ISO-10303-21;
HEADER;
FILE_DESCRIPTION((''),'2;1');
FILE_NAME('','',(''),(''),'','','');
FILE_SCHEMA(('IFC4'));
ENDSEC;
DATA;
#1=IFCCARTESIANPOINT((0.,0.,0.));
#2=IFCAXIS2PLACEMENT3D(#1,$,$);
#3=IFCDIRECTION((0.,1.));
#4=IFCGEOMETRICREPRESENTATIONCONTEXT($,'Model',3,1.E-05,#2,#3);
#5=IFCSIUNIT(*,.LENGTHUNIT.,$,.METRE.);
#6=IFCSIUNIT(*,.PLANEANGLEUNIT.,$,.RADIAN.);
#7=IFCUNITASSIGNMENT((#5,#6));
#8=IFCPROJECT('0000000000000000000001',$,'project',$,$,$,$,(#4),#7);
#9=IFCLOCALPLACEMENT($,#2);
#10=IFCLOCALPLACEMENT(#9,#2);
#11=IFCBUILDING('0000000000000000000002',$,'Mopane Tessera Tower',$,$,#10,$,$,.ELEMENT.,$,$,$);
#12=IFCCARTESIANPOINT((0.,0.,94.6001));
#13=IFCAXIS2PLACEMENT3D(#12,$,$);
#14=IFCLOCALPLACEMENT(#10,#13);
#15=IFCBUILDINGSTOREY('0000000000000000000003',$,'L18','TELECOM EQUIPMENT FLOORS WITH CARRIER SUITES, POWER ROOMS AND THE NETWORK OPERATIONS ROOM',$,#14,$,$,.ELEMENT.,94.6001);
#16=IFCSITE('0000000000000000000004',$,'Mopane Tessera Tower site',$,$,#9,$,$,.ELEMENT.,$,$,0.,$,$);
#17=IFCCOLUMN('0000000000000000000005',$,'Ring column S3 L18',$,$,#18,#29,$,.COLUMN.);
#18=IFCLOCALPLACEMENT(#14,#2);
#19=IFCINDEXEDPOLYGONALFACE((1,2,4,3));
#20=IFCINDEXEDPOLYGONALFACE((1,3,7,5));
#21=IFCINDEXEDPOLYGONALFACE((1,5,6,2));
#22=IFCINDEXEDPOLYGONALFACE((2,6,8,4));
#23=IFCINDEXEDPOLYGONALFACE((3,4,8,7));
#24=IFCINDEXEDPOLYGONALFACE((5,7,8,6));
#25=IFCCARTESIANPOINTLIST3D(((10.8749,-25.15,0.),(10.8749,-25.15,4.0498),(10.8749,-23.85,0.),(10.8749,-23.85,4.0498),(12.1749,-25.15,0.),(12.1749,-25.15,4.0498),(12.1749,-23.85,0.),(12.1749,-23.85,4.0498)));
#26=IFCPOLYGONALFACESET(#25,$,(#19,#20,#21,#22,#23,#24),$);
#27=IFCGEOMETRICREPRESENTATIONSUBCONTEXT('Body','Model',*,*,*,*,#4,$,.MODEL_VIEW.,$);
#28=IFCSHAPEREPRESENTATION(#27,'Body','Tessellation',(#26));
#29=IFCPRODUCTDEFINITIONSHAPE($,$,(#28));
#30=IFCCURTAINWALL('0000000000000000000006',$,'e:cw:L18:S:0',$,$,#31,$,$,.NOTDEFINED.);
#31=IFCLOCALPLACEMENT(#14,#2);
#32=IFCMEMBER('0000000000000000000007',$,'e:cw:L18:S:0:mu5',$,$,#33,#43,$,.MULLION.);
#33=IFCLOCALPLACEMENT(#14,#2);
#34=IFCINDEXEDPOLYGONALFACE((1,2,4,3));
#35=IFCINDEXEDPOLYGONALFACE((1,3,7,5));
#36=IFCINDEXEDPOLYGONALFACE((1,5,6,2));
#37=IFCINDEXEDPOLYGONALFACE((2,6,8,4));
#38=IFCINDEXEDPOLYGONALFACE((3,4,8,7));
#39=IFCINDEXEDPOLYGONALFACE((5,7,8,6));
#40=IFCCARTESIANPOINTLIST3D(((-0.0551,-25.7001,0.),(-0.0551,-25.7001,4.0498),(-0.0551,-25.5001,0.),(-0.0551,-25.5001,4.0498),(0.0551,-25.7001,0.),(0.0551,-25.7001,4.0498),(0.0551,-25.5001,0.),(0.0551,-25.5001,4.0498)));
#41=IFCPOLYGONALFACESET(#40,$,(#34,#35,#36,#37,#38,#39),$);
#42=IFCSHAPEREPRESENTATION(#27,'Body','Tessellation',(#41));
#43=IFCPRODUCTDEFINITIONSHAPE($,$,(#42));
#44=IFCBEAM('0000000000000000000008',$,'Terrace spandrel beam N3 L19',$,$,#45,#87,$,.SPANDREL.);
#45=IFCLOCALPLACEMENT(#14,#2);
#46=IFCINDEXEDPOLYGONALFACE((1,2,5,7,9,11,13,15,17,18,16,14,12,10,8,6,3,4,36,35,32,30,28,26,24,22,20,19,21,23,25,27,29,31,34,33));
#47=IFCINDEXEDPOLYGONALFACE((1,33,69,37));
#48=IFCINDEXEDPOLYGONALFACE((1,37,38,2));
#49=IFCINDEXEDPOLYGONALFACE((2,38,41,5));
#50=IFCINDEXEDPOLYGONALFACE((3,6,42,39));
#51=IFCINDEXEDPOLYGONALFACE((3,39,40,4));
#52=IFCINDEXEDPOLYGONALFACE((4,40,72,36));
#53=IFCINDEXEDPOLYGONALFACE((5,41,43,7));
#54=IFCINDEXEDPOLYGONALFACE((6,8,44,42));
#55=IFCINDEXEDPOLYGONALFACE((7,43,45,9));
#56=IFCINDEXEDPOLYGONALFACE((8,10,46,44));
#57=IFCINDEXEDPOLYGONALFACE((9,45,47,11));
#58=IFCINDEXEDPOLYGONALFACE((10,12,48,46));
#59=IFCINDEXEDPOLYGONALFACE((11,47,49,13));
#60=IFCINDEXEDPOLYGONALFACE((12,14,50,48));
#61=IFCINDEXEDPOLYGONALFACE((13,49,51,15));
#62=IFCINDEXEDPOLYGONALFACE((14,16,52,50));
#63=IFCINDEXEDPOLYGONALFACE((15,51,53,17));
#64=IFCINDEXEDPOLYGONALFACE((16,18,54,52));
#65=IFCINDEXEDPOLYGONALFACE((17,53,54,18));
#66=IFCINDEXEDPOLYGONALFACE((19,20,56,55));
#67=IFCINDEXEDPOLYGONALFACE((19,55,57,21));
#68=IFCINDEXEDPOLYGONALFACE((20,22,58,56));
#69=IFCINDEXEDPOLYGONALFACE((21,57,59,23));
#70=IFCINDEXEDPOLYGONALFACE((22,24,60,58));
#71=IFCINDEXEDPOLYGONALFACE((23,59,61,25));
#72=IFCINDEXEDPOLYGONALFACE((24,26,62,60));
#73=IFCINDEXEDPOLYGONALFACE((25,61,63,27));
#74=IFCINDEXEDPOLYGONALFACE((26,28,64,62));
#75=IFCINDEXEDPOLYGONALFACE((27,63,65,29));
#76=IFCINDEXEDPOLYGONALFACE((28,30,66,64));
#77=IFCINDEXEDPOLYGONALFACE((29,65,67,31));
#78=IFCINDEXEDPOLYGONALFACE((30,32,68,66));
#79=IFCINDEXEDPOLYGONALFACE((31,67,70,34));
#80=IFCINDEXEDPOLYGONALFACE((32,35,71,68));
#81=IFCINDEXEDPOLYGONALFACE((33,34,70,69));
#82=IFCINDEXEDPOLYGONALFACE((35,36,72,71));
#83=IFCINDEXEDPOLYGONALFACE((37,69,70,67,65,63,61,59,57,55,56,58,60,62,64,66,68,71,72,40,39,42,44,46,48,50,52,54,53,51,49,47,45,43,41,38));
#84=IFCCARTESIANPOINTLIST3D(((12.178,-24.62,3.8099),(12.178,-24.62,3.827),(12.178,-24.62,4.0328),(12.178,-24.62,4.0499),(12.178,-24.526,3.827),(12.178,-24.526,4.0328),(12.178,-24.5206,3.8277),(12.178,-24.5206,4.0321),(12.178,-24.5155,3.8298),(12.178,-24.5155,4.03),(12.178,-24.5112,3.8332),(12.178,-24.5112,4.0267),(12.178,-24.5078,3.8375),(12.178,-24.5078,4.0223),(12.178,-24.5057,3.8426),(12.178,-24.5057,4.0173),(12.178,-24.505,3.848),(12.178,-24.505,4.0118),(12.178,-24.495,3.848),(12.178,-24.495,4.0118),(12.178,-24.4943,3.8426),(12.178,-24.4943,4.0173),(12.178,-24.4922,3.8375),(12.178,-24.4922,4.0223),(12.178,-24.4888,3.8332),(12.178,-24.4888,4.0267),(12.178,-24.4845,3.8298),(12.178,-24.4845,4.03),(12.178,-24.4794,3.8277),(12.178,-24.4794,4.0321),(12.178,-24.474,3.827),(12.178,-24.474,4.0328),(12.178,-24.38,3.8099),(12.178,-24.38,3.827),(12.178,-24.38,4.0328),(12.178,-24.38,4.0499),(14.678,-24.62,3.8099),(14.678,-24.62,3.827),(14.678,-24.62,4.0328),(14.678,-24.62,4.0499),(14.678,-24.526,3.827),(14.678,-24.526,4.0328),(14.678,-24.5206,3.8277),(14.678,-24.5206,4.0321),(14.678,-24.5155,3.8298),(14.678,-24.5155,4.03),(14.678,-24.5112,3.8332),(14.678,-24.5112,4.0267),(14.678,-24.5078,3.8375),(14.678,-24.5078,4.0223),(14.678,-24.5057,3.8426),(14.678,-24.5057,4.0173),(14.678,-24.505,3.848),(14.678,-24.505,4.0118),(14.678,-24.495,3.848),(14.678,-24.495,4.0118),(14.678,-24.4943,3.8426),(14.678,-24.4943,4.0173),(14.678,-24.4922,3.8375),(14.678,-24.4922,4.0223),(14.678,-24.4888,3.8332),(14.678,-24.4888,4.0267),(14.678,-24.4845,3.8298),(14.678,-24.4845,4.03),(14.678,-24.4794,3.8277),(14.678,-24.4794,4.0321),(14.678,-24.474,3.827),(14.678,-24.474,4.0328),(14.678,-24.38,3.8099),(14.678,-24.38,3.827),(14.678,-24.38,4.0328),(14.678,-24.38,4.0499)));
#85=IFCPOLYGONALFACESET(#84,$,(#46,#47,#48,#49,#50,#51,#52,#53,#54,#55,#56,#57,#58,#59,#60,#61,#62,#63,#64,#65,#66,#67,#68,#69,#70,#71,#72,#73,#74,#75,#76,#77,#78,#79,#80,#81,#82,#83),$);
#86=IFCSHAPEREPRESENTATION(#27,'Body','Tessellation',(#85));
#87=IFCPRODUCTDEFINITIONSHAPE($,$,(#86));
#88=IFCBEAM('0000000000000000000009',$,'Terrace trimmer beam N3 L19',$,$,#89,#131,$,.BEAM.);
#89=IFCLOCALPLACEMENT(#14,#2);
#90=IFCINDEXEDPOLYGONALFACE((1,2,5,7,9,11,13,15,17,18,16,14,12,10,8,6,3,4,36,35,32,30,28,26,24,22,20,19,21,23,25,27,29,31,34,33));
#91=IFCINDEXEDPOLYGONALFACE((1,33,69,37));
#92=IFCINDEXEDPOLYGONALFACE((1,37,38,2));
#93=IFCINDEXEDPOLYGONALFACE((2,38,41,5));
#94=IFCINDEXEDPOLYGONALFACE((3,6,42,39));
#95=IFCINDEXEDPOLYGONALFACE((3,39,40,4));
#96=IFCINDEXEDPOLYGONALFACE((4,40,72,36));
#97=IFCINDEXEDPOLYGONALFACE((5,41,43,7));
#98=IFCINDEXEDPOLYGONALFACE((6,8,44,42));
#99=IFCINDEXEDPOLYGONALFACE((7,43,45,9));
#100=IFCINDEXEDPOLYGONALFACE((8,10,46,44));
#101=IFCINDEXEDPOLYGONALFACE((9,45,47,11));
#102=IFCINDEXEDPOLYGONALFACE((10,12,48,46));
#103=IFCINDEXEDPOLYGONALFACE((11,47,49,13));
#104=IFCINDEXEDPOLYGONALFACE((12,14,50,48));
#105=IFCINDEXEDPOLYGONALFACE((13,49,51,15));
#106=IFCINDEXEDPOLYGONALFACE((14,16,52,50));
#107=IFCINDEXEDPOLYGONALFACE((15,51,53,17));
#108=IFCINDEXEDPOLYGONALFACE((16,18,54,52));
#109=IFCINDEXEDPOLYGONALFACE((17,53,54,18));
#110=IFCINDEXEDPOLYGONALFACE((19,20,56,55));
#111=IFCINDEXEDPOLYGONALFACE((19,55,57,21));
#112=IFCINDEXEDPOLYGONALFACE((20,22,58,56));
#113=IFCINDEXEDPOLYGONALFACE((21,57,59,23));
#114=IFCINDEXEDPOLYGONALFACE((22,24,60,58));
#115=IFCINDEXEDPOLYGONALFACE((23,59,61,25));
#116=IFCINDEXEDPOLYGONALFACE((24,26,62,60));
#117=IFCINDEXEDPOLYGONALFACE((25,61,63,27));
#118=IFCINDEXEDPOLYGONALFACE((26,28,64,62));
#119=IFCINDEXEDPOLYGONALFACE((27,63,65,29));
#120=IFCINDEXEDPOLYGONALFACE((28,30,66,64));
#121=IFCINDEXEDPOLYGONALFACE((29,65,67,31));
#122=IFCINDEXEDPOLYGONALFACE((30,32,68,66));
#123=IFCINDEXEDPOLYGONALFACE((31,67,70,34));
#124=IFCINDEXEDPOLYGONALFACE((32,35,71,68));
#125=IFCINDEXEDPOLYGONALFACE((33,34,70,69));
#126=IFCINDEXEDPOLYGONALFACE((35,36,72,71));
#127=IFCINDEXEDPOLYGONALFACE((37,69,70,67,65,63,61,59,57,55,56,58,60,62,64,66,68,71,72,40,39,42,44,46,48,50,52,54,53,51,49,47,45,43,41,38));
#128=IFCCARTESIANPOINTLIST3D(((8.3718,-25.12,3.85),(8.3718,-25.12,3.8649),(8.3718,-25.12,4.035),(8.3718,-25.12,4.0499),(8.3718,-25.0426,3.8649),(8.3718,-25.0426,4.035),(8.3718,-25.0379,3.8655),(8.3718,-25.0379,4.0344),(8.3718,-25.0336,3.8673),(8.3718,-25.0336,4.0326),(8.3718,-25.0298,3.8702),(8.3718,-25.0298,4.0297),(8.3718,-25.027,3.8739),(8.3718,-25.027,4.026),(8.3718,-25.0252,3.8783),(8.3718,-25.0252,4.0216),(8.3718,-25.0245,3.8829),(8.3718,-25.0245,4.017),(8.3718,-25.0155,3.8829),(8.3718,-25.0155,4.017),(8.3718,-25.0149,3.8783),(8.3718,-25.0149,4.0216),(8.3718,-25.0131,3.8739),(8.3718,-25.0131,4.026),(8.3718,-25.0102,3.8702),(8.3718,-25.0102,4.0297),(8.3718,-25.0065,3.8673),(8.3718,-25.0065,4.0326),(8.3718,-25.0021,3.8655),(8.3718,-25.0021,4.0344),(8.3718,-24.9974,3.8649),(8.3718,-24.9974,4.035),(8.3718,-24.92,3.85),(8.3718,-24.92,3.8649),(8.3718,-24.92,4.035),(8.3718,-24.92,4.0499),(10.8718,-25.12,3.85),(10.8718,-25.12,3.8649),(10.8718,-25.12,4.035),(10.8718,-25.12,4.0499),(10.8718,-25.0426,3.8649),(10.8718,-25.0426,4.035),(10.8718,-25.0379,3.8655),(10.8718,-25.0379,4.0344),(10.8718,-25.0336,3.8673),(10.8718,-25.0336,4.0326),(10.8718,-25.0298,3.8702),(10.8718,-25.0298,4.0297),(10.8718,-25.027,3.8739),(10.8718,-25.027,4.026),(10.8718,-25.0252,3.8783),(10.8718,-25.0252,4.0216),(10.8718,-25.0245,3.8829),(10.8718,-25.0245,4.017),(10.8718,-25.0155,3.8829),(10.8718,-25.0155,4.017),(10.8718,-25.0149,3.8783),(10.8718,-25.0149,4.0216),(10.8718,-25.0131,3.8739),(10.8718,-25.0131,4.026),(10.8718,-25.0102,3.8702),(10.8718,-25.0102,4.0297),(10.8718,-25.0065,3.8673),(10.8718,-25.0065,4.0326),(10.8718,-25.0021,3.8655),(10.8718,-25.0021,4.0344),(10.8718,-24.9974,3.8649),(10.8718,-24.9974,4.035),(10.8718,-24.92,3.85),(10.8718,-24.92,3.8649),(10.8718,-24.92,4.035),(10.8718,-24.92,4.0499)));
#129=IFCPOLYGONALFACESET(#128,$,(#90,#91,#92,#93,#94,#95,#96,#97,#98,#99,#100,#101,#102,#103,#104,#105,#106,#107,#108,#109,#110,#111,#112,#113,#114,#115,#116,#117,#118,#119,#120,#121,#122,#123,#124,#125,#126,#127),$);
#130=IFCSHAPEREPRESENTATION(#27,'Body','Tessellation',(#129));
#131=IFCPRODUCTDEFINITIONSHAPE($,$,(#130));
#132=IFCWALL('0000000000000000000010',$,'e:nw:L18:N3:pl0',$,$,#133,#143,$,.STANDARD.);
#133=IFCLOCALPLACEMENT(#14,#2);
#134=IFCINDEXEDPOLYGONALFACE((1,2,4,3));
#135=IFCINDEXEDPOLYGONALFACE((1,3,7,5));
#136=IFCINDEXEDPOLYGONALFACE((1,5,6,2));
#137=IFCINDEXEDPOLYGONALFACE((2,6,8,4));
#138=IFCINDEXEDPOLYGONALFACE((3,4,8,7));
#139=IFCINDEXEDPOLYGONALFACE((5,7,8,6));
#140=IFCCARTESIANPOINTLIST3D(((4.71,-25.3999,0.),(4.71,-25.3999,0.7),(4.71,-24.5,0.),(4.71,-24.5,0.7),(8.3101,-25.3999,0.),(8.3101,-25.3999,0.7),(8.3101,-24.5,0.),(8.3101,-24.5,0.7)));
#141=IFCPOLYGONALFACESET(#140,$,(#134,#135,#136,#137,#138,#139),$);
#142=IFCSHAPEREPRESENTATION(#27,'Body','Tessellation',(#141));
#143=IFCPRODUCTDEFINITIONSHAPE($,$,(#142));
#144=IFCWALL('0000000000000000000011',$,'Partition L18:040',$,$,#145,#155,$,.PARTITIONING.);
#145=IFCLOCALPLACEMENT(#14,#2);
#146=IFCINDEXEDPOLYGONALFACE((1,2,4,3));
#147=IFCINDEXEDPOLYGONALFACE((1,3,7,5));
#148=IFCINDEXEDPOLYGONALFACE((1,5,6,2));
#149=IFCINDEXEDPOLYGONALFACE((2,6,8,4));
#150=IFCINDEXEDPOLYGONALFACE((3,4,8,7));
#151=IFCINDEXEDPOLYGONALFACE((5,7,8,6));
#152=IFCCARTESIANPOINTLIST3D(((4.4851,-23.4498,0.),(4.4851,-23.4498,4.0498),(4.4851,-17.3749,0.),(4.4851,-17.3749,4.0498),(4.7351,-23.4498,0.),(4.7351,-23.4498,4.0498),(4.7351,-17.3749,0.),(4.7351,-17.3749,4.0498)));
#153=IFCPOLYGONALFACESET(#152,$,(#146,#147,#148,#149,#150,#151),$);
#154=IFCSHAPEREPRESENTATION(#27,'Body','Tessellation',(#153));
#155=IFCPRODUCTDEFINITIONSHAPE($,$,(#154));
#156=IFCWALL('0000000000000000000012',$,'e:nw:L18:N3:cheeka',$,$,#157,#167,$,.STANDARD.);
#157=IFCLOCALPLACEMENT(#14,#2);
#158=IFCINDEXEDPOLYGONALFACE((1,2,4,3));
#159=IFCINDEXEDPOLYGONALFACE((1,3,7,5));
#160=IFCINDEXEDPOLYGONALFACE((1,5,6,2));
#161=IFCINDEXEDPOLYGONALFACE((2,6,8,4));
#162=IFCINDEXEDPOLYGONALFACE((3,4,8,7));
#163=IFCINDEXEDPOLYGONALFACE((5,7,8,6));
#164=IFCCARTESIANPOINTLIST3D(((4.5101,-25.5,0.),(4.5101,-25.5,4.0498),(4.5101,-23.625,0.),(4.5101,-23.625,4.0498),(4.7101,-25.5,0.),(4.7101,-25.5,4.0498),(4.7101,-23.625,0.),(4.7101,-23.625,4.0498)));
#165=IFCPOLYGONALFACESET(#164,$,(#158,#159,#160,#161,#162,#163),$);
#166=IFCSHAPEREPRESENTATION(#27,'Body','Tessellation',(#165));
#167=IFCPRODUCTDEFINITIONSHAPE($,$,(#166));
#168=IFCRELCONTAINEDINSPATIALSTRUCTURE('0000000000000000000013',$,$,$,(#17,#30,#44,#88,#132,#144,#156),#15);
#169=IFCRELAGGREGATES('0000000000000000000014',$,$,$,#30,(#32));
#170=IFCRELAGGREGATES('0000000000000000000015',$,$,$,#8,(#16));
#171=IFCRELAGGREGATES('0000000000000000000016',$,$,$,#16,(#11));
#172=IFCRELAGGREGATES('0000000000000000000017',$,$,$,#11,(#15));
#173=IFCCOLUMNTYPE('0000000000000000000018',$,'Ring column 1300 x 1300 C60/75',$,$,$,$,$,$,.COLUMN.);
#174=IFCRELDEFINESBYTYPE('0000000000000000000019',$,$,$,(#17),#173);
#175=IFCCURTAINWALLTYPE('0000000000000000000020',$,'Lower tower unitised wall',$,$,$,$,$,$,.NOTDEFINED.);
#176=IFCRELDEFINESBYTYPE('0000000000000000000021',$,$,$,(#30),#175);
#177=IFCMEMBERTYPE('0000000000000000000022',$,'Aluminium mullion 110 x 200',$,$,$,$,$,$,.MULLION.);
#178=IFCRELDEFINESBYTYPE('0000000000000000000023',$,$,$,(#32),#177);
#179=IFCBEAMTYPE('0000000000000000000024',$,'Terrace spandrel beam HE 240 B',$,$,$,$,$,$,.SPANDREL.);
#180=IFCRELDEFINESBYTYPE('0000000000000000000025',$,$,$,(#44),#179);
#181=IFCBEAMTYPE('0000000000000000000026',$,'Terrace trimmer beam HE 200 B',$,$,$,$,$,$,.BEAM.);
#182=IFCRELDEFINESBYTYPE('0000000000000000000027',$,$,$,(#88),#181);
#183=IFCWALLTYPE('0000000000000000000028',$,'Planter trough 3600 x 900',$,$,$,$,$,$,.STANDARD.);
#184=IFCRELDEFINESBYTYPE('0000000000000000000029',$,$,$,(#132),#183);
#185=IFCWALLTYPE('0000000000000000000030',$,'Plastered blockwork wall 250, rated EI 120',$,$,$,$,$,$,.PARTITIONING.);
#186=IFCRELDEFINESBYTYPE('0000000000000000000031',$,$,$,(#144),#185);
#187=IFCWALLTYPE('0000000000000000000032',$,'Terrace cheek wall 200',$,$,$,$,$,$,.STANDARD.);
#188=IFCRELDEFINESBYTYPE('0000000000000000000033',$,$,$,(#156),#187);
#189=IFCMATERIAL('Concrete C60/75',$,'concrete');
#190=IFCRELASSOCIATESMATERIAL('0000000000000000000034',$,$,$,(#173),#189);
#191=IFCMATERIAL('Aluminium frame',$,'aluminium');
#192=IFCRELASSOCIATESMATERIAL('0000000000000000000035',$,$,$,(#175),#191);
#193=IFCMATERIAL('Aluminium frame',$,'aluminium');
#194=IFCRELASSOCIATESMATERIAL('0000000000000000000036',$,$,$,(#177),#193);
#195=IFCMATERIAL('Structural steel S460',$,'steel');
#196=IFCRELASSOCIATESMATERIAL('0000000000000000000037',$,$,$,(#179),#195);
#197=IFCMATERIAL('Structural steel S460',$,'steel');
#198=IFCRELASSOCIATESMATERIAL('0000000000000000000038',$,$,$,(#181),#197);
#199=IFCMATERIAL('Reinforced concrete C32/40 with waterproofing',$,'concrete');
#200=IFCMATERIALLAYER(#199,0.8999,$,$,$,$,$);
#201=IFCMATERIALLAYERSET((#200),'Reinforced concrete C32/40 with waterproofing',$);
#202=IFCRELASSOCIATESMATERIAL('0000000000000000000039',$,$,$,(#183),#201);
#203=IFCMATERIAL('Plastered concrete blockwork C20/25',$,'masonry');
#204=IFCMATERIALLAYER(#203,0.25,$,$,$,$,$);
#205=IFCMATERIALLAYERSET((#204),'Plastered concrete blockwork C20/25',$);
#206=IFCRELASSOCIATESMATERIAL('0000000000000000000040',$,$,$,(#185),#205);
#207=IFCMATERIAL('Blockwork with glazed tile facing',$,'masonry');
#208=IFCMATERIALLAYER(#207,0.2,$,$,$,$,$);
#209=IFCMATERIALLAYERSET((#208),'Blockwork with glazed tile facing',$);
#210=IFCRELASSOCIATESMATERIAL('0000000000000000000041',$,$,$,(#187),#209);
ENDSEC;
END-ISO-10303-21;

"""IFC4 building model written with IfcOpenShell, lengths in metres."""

from ifc_helpers import new_model, si_unit, direction, frame, frame_2d, origin, origin_2d, place, context, subcontext, project, spatial, rectangle, i_section, extrude, material, layer, layer_set, material_profile, profile_set, type_object, element, aggregate, save


model = new_model("IFC4")

# Units and contexts
model_context = context("Model", 3, precision=1e-05, world=origin(), true_north=direction((0.0, 1.0)))
body_context = subcontext(model_context, "Body", "Model", "MODEL_VIEW")
ifc_project = project(units=[si_unit("LENGTHUNIT", "METRE"), si_unit("PLANEANGLEUNIT", "RADIAN")], contexts=[model_context])

# Site, building, storey
site_placement = place(None, origin())
site = spatial("IfcSite", under=ifc_project, at=site_placement, Name="Mopane Tessera Tower site", CompositionType="ELEMENT", RefElevation=0.0)
building_placement = place(site_placement, origin())
building = spatial("IfcBuilding", under=site, at=building_placement, Name="Mopane Tessera Tower", CompositionType="ELEMENT")
storey_placement = place(building_placement, frame((0.0, 0.0, 94.6001)))
storey = spatial("IfcBuildingStorey", under=building, at=storey_placement, Name="L18", Description="TELECOM EQUIPMENT FLOORS WITH CARRIER SUITES, POWER ROOMS AND THE NETWORK OPERATIONS ROOM", CompositionType="ELEMENT", Elevation=94.6001)

# Column
ifc_material_1 = material(Name="Concrete C60/75", Category="concrete")
ifc_material_profile_1 = material_profile(ifc_material_1, rectangle(XDim=1.3, YDim=1.3, at=origin_2d()))
ifc_profile_set_1 = profile_set([ifc_material_profile_1], Name="Concrete C60/75")
column_type = type_object("IfcColumnType", Name="Ring column 1300 x 1300 C60/75", PredefinedType="COLUMN", material=ifc_profile_set_1)
column_placement = place(storey_placement, frame((11.5249, -24.5, 0.0), z_axis=(0.0, 0.0, 1.0), x_axis=(1.0, 0.0, 0.0)))
element("IfcColumn", 1, at=column_placement, inside=storey, type_object=column_type, Name="Ring column S3 L18", PredefinedType="COLUMN", context=body_context, shape_type="SweptSolid", body=[
    extrude(rectangle(XDim=1.3, YDim=1.3, at=origin_2d()), origin(), (0.0, 0.0, 1.0), 4.0498),
])

# Curtain wall, member
ifc_material_2 = material(Name="Aluminium frame", Category="aluminium")
curtain_wall_type = type_object("IfcCurtainWallType", Name="Lower tower unitised wall", PredefinedType="NOTDEFINED", material=ifc_material_2)
curtain_wall_placement = place(storey_placement, origin())
curtain_wall = element("IfcCurtainWall", 2, at=curtain_wall_placement, inside=storey, type_object=curtain_wall_type, Name="e:cw:L18:S:0", PredefinedType="NOTDEFINED")
ifc_material_3 = material(Name="Aluminium frame", Category="aluminium")
ifc_material_profile_2 = material_profile(ifc_material_3, rectangle(XDim=0.1101, YDim=0.2, at=origin_2d()))
ifc_profile_set_2 = profile_set([ifc_material_profile_2], Name="Aluminium frame")
member_type = type_object("IfcMemberType", Name="Aluminium mullion 110 x 200", PredefinedType="MULLION", material=ifc_profile_set_2)
member_placement = place(storey_placement, frame((0.0, -25.6001, 0.0), z_axis=(0.0, 0.0, 1.0), x_axis=(1.0, 0.0, 0.0)))
member = element("IfcMember", 3, at=member_placement, type_object=member_type, Name="e:cw:L18:S:0:mu5", PredefinedType="MULLION", context=body_context, shape_type="SweptSolid", body=[
    extrude(rectangle(XDim=0.1101, YDim=0.2, at=origin_2d()), origin(), (0.0, 0.0, 1.0), 4.0498),
])
aggregate(curtain_wall, [member])

# Beams
ifc_material_4 = material(Name="Structural steel S460", Category="steel")
ifc_material_profile_3 = material_profile(ifc_material_4, i_section(OverallWidth=0.24, OverallDepth=0.24, WebThickness=0.01, FlangeThickness=0.0171, FilletRadius=0.021, at=origin_2d()))
ifc_profile_set_3 = profile_set([ifc_material_profile_3], Name="Structural steel S460")
beam_type_1 = type_object("IfcBeamType", Name="Terrace spandrel beam HE 240 B", PredefinedType="SPANDREL", material=ifc_profile_set_3)
beam_1_placement = place(storey_placement, frame((12.178, -24.5, 3.9299), z_axis=(1.0, 0.0, 0.0), x_axis=(0.0, 1.0, 0.0)))
element("IfcBeam", 4, at=beam_1_placement, inside=storey, type_object=beam_type_1, Name="Terrace spandrel beam N3 L19", PredefinedType="SPANDREL", context=body_context, shape_type="SweptSolid", body=[
    extrude(i_section(OverallWidth=0.24, OverallDepth=0.24, WebThickness=0.01, FlangeThickness=0.0171, FilletRadius=0.021, at=origin_2d()), origin(), (0.0, 0.0, 1.0), 2.5),
])
ifc_material_5 = material(Name="Structural steel S460", Category="steel")
ifc_material_profile_4 = material_profile(ifc_material_5, i_section(OverallWidth=0.2, OverallDepth=0.2, WebThickness=0.009, FlangeThickness=0.0149, FilletRadius=0.0181, at=origin_2d()))
ifc_profile_set_4 = profile_set([ifc_material_profile_4], Name="Structural steel S460")
beam_type_2 = type_object("IfcBeamType", Name="Terrace trimmer beam HE 200 B", PredefinedType="BEAM", material=ifc_profile_set_4)
beam_2_placement = place(storey_placement, frame((10.8718, -25.02, 3.95), z_axis=(-1.0, 0.0, 0.0), x_axis=(0.0, -1.0, 0.0)))
element("IfcBeam", 5, at=beam_2_placement, inside=storey, type_object=beam_type_2, Name="Terrace trimmer beam N3 L19", PredefinedType="BEAM", context=body_context, shape_type="SweptSolid", body=[
    extrude(i_section(OverallWidth=0.2, OverallDepth=0.2, WebThickness=0.009, FlangeThickness=0.0149, FilletRadius=0.0181, at=origin_2d()), origin(), (0.0, 0.0, 1.0), 2.5),
])

# Walls
ifc_material_6 = material(Name="Reinforced concrete C32/40 with waterproofing", Category="concrete")
ifc_layer_1 = layer(ifc_material_6, 0.8999)
ifc_layer_set_1 = layer_set([ifc_layer_1], Name="Reinforced concrete C32/40 with waterproofing")
wall_type_1 = type_object("IfcWallType", Name="Planter trough 3600 x 900", PredefinedType="STANDARD", material=ifc_layer_set_1)
wall_1_placement = place(storey_placement, frame((4.71, -24.95, 0.0), z_axis=(0.0, 0.0, 1.0), x_axis=(1.0, 0.0, 0.0)))
element("IfcWall", 6, at=wall_1_placement, inside=storey, type_object=wall_type_1, Name="e:nw:L18:N3:pl0", PredefinedType="STANDARD", context=body_context, shape_type="SweptSolid", body=[
    extrude(rectangle(XDim=3.6001, YDim=0.8999, at=frame_2d((1.8, 0.0))), origin(), (0.0, 0.0, 1.0), 0.7),
])
ifc_material_7 = material(Name="Plastered concrete blockwork C20/25", Category="masonry")
ifc_layer_2 = layer(ifc_material_7, 0.25)
ifc_layer_set_2 = layer_set([ifc_layer_2], Name="Plastered concrete blockwork C20/25")
wall_type_2 = type_object("IfcWallType", Name="Plastered blockwork wall 250, rated EI 120", PredefinedType="PARTITIONING", material=ifc_layer_set_2)
wall_2_placement = place(storey_placement, frame((4.6101, -23.45, 0.0), z_axis=(0.0, 0.0, 1.0), x_axis=(0.0, 1.0, 0.0)))
element("IfcWall", 7, at=wall_2_placement, inside=storey, type_object=wall_type_2, Name="Partition L18:040", PredefinedType="PARTITIONING", context=body_context, shape_type="SweptSolid", body=[
    extrude(rectangle(XDim=6.075, YDim=0.25, at=frame_2d((3.0376, 0.0))), origin(), (0.0, 0.0, 1.0), 4.0498),
])
ifc_material_8 = material(Name="Blockwork with glazed tile facing", Category="masonry")
ifc_layer_3 = layer(ifc_material_8, 0.2)
ifc_layer_set_3 = layer_set([ifc_layer_3], Name="Blockwork with glazed tile facing")
wall_type_3 = type_object("IfcWallType", Name="Terrace cheek wall 200", PredefinedType="STANDARD", material=ifc_layer_set_3)
wall_3_placement = place(storey_placement, frame((4.6101, -25.5, 0.0), z_axis=(0.0, 0.0, 1.0), x_axis=(0.0, 1.0, 0.0)))
element("IfcWall", 8, at=wall_3_placement, inside=storey, type_object=wall_type_3, Name="e:nw:L18:N3:cheeka", PredefinedType="STANDARD", context=body_context, shape_type="SweptSolid", body=[
    extrude(rectangle(XDim=1.875, YDim=0.2, at=frame_2d((0.9375, 0.0))), origin(), (0.0, 0.0, 1.0), 4.0498),
])

save(model, "model.ifc")
